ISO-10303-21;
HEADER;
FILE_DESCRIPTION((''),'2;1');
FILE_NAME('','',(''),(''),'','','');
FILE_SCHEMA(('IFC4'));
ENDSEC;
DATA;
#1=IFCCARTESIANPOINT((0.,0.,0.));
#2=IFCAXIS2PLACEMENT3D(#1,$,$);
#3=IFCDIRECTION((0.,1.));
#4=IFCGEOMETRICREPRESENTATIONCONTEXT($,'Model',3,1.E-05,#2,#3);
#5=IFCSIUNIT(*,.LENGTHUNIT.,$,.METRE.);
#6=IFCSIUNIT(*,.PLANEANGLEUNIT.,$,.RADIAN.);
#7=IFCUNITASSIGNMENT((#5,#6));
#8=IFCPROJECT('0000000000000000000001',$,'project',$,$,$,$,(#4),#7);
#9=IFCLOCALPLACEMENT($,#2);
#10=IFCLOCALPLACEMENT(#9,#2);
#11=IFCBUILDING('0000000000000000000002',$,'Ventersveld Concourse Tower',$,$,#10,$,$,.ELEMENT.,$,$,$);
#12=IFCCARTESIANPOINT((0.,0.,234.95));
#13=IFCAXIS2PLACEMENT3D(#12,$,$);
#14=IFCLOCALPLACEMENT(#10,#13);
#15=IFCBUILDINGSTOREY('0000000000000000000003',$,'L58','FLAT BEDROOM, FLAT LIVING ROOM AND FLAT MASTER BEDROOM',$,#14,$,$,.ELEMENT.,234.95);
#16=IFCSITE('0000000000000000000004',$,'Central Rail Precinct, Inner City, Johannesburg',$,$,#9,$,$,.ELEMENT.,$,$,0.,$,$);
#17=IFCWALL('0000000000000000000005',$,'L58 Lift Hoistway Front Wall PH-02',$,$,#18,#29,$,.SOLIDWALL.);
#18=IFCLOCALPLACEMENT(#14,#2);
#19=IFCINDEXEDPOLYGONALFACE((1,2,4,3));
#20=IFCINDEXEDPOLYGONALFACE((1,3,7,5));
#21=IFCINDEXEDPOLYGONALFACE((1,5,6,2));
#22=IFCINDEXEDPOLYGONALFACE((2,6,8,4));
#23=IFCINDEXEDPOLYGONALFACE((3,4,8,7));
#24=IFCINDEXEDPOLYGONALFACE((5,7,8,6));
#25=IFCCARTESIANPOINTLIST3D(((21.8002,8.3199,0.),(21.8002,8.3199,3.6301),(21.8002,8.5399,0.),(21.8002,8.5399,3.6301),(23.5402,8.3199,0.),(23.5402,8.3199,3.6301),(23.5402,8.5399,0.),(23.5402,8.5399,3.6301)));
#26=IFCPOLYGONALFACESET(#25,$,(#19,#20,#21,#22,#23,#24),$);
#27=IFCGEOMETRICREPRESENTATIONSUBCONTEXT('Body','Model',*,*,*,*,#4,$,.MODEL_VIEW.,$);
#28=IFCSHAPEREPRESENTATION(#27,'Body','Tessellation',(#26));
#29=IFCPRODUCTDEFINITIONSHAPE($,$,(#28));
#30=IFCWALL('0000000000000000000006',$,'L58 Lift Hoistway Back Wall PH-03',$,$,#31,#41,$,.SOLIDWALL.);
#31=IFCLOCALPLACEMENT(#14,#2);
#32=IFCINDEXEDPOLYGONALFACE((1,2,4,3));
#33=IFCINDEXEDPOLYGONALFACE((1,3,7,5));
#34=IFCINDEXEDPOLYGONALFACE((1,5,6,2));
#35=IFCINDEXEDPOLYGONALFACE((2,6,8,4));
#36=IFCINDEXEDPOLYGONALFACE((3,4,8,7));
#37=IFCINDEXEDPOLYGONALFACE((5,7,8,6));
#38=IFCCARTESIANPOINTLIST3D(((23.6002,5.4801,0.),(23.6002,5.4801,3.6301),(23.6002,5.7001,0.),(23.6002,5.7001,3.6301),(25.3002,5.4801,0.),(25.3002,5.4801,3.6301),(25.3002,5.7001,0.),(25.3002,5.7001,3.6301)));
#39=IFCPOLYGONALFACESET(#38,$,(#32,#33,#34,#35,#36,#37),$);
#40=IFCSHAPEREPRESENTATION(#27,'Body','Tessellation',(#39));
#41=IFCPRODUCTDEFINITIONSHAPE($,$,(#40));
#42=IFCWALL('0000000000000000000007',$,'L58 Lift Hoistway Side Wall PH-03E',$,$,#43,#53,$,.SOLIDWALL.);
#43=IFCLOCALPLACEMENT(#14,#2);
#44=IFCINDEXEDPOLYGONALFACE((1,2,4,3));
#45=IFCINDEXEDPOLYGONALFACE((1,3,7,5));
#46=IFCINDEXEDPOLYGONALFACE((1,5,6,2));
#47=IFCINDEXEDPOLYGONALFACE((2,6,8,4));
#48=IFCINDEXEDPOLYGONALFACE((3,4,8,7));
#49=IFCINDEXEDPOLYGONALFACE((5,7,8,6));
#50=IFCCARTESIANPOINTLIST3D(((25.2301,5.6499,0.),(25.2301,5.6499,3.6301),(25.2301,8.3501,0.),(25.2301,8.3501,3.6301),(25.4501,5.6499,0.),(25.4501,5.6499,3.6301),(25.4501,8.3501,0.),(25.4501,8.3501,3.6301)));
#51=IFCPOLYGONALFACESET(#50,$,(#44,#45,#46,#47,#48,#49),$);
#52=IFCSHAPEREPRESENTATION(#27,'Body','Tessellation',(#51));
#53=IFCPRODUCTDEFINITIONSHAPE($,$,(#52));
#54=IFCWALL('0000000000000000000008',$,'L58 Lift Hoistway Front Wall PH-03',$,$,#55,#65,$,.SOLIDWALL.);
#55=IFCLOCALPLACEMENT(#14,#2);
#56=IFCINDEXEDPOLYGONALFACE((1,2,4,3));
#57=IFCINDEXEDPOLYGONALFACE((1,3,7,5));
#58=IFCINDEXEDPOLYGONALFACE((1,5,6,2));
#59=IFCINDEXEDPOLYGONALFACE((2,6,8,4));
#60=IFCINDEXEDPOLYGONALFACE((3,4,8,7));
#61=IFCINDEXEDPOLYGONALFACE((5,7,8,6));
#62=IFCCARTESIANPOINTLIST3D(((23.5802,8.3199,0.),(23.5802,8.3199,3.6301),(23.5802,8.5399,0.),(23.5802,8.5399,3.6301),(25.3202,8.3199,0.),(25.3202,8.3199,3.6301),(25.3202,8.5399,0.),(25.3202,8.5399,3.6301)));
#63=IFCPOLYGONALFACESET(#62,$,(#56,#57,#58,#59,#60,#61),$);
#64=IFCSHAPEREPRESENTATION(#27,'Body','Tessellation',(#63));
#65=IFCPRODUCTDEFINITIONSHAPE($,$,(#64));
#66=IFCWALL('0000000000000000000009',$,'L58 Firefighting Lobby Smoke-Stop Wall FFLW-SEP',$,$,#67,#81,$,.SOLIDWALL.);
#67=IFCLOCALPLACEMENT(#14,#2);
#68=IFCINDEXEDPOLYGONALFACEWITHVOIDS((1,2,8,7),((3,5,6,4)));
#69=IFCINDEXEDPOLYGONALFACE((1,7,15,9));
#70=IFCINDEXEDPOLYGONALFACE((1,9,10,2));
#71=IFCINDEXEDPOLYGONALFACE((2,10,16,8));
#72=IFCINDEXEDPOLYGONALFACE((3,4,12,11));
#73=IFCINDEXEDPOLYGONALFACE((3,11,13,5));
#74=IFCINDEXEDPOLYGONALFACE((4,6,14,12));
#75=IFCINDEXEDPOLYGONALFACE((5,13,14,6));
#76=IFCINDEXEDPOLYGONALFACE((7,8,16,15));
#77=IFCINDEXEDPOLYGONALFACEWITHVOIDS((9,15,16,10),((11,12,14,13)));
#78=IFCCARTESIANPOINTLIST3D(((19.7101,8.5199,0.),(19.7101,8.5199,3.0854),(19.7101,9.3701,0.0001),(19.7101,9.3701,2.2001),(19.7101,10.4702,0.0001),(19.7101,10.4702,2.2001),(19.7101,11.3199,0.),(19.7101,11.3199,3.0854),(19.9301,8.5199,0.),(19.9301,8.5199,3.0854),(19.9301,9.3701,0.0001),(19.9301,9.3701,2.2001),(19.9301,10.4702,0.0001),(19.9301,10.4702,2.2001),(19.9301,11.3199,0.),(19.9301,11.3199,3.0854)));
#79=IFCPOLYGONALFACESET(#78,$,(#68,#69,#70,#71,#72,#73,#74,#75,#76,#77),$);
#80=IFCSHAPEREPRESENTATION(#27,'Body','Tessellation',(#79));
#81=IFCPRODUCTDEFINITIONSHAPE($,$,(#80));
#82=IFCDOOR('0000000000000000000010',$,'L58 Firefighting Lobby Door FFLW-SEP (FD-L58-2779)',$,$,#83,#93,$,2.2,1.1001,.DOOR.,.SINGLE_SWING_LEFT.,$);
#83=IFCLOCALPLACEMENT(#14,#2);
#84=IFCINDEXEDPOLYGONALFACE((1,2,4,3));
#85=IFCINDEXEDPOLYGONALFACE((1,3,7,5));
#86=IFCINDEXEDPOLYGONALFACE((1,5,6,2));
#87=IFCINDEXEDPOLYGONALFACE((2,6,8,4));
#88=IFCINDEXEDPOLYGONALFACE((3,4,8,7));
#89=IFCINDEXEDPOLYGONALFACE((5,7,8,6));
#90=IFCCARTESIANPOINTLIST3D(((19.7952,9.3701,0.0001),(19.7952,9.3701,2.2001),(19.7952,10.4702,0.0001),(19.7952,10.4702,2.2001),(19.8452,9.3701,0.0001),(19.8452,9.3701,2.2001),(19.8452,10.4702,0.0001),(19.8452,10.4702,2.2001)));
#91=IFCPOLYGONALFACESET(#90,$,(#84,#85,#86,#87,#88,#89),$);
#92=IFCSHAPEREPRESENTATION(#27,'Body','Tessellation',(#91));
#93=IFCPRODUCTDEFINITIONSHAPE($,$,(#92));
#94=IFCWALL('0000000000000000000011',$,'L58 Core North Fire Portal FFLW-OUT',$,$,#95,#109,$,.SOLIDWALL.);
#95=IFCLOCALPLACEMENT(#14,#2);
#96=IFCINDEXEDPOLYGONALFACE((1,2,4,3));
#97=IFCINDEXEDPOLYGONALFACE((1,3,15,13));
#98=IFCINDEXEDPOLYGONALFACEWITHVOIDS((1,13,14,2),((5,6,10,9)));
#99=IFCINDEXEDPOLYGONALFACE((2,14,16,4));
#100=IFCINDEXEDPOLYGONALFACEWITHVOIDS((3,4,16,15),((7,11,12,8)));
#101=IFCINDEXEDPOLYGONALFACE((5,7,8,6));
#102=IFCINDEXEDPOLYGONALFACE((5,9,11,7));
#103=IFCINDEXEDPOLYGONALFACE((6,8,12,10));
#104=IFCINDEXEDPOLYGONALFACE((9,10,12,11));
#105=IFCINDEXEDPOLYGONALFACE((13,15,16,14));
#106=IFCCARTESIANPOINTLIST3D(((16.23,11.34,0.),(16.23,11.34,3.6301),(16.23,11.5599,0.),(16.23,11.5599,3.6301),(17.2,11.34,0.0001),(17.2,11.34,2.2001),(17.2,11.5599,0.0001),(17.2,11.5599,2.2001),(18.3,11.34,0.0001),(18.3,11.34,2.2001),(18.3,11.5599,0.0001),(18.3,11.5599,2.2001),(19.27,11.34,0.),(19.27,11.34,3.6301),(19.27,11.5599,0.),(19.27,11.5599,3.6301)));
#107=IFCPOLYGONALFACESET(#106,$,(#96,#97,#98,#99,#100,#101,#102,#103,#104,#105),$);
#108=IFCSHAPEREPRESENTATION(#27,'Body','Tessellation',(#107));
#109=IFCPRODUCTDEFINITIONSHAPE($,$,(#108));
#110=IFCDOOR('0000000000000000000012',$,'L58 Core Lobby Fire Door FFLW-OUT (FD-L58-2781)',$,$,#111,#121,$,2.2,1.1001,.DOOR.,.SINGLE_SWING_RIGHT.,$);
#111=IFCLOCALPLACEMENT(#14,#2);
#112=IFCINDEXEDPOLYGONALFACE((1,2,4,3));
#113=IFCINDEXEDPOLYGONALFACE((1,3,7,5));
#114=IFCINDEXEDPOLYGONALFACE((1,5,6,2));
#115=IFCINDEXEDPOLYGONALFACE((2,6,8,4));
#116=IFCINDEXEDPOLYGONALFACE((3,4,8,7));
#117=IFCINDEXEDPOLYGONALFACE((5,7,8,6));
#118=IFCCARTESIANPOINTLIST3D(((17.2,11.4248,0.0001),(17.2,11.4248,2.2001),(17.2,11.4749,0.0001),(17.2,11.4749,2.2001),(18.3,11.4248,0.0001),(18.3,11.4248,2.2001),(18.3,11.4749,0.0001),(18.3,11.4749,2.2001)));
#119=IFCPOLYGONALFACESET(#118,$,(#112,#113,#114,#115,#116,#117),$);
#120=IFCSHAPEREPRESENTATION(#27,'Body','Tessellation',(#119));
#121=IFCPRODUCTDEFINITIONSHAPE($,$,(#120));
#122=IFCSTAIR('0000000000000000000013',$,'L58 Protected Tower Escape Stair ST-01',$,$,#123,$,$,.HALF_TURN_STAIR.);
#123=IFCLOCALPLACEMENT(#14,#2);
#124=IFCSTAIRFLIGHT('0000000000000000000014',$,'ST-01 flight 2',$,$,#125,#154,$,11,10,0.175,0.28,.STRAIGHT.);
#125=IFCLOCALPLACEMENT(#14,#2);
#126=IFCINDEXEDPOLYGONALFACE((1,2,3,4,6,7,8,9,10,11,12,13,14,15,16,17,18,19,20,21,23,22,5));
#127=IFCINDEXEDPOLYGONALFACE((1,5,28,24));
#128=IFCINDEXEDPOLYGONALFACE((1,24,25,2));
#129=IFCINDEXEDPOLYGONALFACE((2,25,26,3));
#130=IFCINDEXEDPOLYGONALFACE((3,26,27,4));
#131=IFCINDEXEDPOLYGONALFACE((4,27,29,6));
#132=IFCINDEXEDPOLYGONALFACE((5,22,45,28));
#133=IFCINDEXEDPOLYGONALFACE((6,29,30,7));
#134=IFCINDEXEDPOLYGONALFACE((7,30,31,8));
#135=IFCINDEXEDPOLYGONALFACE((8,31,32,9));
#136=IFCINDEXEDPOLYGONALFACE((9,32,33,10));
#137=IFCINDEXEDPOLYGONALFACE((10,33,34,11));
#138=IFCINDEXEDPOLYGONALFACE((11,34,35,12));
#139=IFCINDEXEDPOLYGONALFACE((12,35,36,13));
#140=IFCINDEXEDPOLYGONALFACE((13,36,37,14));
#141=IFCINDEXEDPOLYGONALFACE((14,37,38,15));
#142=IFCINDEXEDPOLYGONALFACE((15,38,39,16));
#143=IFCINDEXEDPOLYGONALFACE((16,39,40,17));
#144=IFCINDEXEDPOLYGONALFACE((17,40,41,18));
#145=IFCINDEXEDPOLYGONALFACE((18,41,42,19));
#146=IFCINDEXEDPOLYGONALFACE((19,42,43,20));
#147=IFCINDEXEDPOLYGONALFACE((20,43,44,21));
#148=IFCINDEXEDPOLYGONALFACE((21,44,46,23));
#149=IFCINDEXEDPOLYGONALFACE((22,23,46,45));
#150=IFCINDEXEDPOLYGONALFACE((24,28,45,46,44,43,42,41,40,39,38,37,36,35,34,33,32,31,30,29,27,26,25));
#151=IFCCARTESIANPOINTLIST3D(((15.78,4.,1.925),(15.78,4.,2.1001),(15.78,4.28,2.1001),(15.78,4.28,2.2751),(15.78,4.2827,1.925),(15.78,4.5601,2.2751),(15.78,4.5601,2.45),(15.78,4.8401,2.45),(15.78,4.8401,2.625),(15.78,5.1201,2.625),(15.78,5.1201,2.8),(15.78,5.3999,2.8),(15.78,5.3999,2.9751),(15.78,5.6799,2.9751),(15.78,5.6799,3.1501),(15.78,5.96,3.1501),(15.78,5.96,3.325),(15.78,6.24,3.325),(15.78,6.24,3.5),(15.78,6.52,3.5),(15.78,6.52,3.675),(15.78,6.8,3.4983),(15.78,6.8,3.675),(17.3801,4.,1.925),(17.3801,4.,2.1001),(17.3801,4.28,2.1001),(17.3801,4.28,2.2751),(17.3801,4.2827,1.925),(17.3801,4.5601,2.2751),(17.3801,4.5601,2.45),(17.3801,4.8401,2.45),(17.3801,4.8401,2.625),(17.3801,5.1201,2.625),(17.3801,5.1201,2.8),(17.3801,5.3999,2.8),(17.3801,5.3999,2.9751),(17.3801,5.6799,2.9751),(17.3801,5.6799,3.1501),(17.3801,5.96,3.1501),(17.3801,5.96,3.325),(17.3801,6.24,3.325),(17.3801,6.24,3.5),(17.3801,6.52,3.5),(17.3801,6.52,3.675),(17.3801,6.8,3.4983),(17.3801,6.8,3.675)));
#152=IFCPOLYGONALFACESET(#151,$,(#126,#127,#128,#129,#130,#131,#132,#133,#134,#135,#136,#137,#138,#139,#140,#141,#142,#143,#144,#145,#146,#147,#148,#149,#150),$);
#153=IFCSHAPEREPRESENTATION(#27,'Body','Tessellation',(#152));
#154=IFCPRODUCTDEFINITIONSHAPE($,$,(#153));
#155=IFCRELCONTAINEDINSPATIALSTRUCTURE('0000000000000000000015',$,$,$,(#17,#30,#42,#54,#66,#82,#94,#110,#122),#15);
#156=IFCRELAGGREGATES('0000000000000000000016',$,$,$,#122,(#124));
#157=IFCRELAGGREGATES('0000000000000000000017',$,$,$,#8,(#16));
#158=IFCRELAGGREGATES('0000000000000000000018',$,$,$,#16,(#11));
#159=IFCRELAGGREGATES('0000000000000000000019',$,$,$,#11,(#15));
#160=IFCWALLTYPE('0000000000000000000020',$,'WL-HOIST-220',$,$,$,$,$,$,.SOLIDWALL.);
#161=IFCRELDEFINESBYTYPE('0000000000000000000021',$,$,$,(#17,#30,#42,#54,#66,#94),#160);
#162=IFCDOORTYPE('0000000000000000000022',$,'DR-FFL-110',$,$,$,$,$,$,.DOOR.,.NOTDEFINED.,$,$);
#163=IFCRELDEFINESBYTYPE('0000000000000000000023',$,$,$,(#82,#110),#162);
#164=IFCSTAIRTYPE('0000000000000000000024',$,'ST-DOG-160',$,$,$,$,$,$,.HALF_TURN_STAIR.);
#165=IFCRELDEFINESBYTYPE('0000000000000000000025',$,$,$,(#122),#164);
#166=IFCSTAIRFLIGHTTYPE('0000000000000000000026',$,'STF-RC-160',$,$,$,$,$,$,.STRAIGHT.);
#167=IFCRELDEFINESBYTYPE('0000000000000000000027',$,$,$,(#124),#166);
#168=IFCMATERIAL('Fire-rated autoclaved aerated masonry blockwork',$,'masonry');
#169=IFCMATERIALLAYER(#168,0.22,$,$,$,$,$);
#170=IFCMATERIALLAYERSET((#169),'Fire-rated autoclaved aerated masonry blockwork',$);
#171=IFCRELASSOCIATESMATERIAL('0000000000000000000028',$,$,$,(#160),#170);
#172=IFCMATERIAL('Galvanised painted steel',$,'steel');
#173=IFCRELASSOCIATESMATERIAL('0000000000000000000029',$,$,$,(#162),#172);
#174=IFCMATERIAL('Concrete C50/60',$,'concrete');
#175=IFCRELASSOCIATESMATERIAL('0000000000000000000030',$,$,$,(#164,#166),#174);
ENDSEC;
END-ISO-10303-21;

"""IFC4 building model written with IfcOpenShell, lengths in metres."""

from ifc_helpers import new_model, si_unit, direction, frame, frame_2d, origin, place, context, subcontext, project, spatial, polyline, rectangle, outline, extrude, material, layer, layer_set, type_object, element, fill, aggregate, save


model = new_model("IFC4")

# Units and contexts
model_context = context("Model", 3, precision=1e-05, world=origin(), true_north=direction((0.0, 1.0)))
body_context = subcontext(model_context, "Body", "Model", "MODEL_VIEW")
ifc_project = project(units=[si_unit("LENGTHUNIT", "METRE"), si_unit("PLANEANGLEUNIT", "RADIAN")], contexts=[model_context])

# Site, building, storey
site_placement = place(None, origin())
site = spatial("IfcSite", under=ifc_project, at=site_placement, Name="Central Rail Precinct, Inner City, Johannesburg", CompositionType="ELEMENT", RefElevation=0.0)
building_placement = place(site_placement, origin())
building = spatial("IfcBuilding", under=site, at=building_placement, Name="Ventersveld Concourse Tower", CompositionType="ELEMENT")
storey_placement = place(building_placement, frame((0.0, 0.0, 234.95)))
storey = spatial("IfcBuildingStorey", under=building, at=storey_placement, Name="L58", Description="FLAT BEDROOM, FLAT LIVING ROOM AND FLAT MASTER BEDROOM", CompositionType="ELEMENT", Elevation=234.95)

# Shared definitions
ifc_material_1 = material(Name="Concrete C50/60", Category="concrete")

# Shared definitions
ifc_material_2 = material(Name="Fire-rated autoclaved aerated masonry blockwork", Category="masonry")
ifc_material_3 = material(Name="Galvanised painted steel", Category="steel")

# Shared definitions
ifc_layer_1 = layer(ifc_material_2, 0.22)
ifc_layer_set_1 = layer_set([ifc_layer_1], Name="Fire-rated autoclaved aerated masonry blockwork")
wall_type_1 = type_object("IfcWallType", Name="WL-HOIST-220", PredefinedType="SOLIDWALL", material=ifc_layer_set_1)

# Walls
wall_1_placement = place(storey_placement, frame((21.8, 8.4299, 0.0), z_axis=(0.0, 0.0, 1.0), x_axis=(1.0, 0.0, 0.0)))
element("IfcWall", 1, at=wall_1_placement, inside=storey, type_object=wall_type_1, Name="L58 Lift Hoistway Front Wall PH-02", PredefinedType="SOLIDWALL", context=body_context, shape_type="SweptSolid", body=[
    extrude(rectangle(XDim=1.74, YDim=0.22, at=frame_2d((0.8701, 0.0))), origin(), (0.0, 0.0, 1.0), 3.6301),
])
wall_2_placement = place(storey_placement, frame((23.6001, 5.5901, 0.0), z_axis=(0.0, 0.0, 1.0), x_axis=(1.0, 0.0, 0.0)))
element("IfcWall", 2, at=wall_2_placement, inside=storey, type_object=wall_type_1, Name="L58 Lift Hoistway Back Wall PH-03", PredefinedType="SOLIDWALL", context=body_context, shape_type="SweptSolid", body=[
    extrude(rectangle(XDim=1.7, YDim=0.22, at=frame_2d((0.8501, 0.0))), origin(), (0.0, 0.0, 1.0), 3.6301),
])
wall_3_placement = place(storey_placement, frame((25.3401, 5.6499, 0.0), z_axis=(0.0, 0.0, 1.0), x_axis=(0.0, 1.0, 0.0)))
element("IfcWall", 3, at=wall_3_placement, inside=storey, type_object=wall_type_1, Name="L58 Lift Hoistway Side Wall PH-03E", PredefinedType="SOLIDWALL", context=body_context, shape_type="SweptSolid", body=[
    extrude(rectangle(XDim=2.7002, YDim=0.22, at=frame_2d((1.3501, 0.0))), origin(), (0.0, 0.0, 1.0), 3.6301),
])
wall_4_placement = place(storey_placement, frame((23.5801, 8.4299, 0.0), z_axis=(0.0, 0.0, 1.0), x_axis=(1.0, 0.0, 0.0)))
element("IfcWall", 4, at=wall_4_placement, inside=storey, type_object=wall_type_1, Name="L58 Lift Hoistway Front Wall PH-03", PredefinedType="SOLIDWALL", context=body_context, shape_type="SweptSolid", body=[
    extrude(rectangle(XDim=1.74, YDim=0.22, at=frame_2d((0.8701, 0.0))), origin(), (0.0, 0.0, 1.0), 3.6301),
])

# Walls, openings, doors
wall_5_placement = place(storey_placement, frame((19.8201, 8.52, 0.0), z_axis=(0.0, 0.0, 1.0), x_axis=(0.0, 1.0, 0.0)))
wall_5 = element("IfcWall", 5, at=wall_5_placement, inside=storey, type_object=wall_type_1, Name="L58 Firefighting Lobby Smoke-Stop Wall FFLW-SEP", PredefinedType="SOLIDWALL", context=body_context, shape_type="SweptSolid", body=[
    extrude(rectangle(XDim=2.8, YDim=0.22, at=frame_2d((1.3999, 0.0))), origin(), (0.0, 0.0, 1.0), 3.0854),
])
opening_1_placement = place(wall_5_placement, frame((0.8501, 0.0, 0.0)))
opening_1 = element("IfcOpeningElement", 6, at=opening_1_placement, cuts=wall_5, PredefinedType="OPENING", context=body_context, shape_type="SweptSolid", body=[
    extrude(rectangle(XDim=1.1001, YDim=2.2, at=frame_2d((0.55, 1.1001))), frame((0.0, 0.1201, 0.0), z_axis=(0.0, -1.0, 0.0), x_axis=(1.0, 0.0, 0.0)), (0.0, 0.0, 1.0), 0.24),
])
door_type_1 = type_object("IfcDoorType", Name="DR-FFL-110", OperationType="NOTDEFINED", PredefinedType="DOOR", material=ifc_material_3)
door_1_placement = place(opening_1_placement, origin())
door_1 = element("IfcDoor", 7, at=door_1_placement, inside=storey, type_object=door_type_1, Name="L58 Firefighting Lobby Door FFLW-SEP (FD-L58-2779)", OperationType="SINGLE_SWING_LEFT", OverallHeight=2.2, OverallWidth=1.1001, PredefinedType="DOOR", context=body_context, shape_type="SweptSolid", body=[
    extrude(rectangle(XDim=1.1001, YDim=2.2, at=frame_2d((0.55, 1.1001))), frame((0.0, 0.0249, 0.0), z_axis=(0.0, -1.0, 0.0), x_axis=(1.0, 0.0, 0.0)), (0.0, 0.0, 1.0), 0.05),
])
fill(opening_1, door_1)
wall_6_placement = place(storey_placement, frame((16.23, 11.45, 0.0), z_axis=(0.0, 0.0, 1.0), x_axis=(1.0, 0.0, 0.0)))
wall_6 = element("IfcWall", 8, at=wall_6_placement, inside=storey, type_object=wall_type_1, Name="L58 Core North Fire Portal FFLW-OUT", PredefinedType="SOLIDWALL", context=body_context, shape_type="SweptSolid", body=[
    extrude(rectangle(XDim=3.04, YDim=0.22, at=frame_2d((1.52, 0.0))), origin(), (0.0, 0.0, 1.0), 3.6301),
])
opening_2_placement = place(wall_6_placement, frame((0.97, 0.0, 0.0)))
opening_2 = element("IfcOpeningElement", 9, at=opening_2_placement, cuts=wall_6, PredefinedType="OPENING", context=body_context, shape_type="SweptSolid", body=[
    extrude(rectangle(XDim=1.1001, YDim=2.2, at=frame_2d((0.55, 1.1001))), frame((0.0, 0.1201, 0.0), z_axis=(0.0, -1.0, 0.0), x_axis=(1.0, 0.0, 0.0)), (0.0, 0.0, 1.0), 0.24),
])
door_2_placement = place(opening_2_placement, origin())
door_2 = element("IfcDoor", 10, at=door_2_placement, inside=storey, type_object=door_type_1, Name="L58 Core Lobby Fire Door FFLW-OUT (FD-L58-2781)", OperationType="SINGLE_SWING_RIGHT", OverallHeight=2.2, OverallWidth=1.1001, PredefinedType="DOOR", context=body_context, shape_type="SweptSolid", body=[
    extrude(rectangle(XDim=1.1001, YDim=2.2, at=frame_2d((0.55, 1.1001))), frame((0.0, 0.0249, 0.0), z_axis=(0.0, -1.0, 0.0), x_axis=(1.0, 0.0, 0.0)), (0.0, 0.0, 1.0), 0.05),
])
fill(opening_2, door_2)

# Stair, stair flight
stair_type = type_object("IfcStairType", Name="ST-DOG-160", PredefinedType="HALF_TURN_STAIR", material=ifc_material_1)
stair_placement = place(storey_placement, origin())
stair = element("IfcStair", 11, at=stair_placement, inside=storey, type_object=stair_type, Name="L58 Protected Tower Escape Stair ST-01", PredefinedType="HALF_TURN_STAIR")
stair_flight_type = type_object("IfcStairFlightType", Name="STF-RC-160", PredefinedType="STRAIGHT", material=ifc_material_1)
stair_flight_placement = place(storey_placement, frame((16.5801, 4.0, 1.925), z_axis=(0.0, 0.0, 1.0), x_axis=(0.0, 1.0, 0.0)))
stair_flight = element("IfcStairFlight", 12, at=stair_flight_placement, type_object=stair_flight_type, Name="ST-01 flight 2", NumberOfRisers=11, NumberOfTreads=10, PredefinedType="STRAIGHT", RiserHeight=0.175, TreadLength=0.28, context=body_context, shape_type="SweptSolid", body=[
    extrude(outline(polyline([(0.0, 0.0), (0.0, 0.175), (0.28, 0.175), (0.28, 0.3501), (0.5601, 0.3501), (0.5601, 0.5249), (0.8401, 0.5249), (0.8401, 0.7), (1.1201, 0.7), (1.1201, 0.875), (1.3999, 0.875), (1.3999, 1.05), (1.6799, 1.05), (1.6799, 1.2251), (1.96, 1.2251), (1.96, 1.3999), (2.24, 1.3999), (2.24, 1.575), (2.52, 1.575), (2.52, 1.75), (2.8, 1.75), (2.8, 1.925), (2.8, 1.5732), (0.2827, 0.0), (0.0, 0.0)])), frame((0.0, 0.8, 0.0), z_axis=(0.0, -1.0, 0.0), x_axis=(1.0, 0.0, 0.0)), (0.0, 0.0, 1.0), 1.6001),
])
aggregate(stair, [stair_flight])

save(model, "model.ifc")
